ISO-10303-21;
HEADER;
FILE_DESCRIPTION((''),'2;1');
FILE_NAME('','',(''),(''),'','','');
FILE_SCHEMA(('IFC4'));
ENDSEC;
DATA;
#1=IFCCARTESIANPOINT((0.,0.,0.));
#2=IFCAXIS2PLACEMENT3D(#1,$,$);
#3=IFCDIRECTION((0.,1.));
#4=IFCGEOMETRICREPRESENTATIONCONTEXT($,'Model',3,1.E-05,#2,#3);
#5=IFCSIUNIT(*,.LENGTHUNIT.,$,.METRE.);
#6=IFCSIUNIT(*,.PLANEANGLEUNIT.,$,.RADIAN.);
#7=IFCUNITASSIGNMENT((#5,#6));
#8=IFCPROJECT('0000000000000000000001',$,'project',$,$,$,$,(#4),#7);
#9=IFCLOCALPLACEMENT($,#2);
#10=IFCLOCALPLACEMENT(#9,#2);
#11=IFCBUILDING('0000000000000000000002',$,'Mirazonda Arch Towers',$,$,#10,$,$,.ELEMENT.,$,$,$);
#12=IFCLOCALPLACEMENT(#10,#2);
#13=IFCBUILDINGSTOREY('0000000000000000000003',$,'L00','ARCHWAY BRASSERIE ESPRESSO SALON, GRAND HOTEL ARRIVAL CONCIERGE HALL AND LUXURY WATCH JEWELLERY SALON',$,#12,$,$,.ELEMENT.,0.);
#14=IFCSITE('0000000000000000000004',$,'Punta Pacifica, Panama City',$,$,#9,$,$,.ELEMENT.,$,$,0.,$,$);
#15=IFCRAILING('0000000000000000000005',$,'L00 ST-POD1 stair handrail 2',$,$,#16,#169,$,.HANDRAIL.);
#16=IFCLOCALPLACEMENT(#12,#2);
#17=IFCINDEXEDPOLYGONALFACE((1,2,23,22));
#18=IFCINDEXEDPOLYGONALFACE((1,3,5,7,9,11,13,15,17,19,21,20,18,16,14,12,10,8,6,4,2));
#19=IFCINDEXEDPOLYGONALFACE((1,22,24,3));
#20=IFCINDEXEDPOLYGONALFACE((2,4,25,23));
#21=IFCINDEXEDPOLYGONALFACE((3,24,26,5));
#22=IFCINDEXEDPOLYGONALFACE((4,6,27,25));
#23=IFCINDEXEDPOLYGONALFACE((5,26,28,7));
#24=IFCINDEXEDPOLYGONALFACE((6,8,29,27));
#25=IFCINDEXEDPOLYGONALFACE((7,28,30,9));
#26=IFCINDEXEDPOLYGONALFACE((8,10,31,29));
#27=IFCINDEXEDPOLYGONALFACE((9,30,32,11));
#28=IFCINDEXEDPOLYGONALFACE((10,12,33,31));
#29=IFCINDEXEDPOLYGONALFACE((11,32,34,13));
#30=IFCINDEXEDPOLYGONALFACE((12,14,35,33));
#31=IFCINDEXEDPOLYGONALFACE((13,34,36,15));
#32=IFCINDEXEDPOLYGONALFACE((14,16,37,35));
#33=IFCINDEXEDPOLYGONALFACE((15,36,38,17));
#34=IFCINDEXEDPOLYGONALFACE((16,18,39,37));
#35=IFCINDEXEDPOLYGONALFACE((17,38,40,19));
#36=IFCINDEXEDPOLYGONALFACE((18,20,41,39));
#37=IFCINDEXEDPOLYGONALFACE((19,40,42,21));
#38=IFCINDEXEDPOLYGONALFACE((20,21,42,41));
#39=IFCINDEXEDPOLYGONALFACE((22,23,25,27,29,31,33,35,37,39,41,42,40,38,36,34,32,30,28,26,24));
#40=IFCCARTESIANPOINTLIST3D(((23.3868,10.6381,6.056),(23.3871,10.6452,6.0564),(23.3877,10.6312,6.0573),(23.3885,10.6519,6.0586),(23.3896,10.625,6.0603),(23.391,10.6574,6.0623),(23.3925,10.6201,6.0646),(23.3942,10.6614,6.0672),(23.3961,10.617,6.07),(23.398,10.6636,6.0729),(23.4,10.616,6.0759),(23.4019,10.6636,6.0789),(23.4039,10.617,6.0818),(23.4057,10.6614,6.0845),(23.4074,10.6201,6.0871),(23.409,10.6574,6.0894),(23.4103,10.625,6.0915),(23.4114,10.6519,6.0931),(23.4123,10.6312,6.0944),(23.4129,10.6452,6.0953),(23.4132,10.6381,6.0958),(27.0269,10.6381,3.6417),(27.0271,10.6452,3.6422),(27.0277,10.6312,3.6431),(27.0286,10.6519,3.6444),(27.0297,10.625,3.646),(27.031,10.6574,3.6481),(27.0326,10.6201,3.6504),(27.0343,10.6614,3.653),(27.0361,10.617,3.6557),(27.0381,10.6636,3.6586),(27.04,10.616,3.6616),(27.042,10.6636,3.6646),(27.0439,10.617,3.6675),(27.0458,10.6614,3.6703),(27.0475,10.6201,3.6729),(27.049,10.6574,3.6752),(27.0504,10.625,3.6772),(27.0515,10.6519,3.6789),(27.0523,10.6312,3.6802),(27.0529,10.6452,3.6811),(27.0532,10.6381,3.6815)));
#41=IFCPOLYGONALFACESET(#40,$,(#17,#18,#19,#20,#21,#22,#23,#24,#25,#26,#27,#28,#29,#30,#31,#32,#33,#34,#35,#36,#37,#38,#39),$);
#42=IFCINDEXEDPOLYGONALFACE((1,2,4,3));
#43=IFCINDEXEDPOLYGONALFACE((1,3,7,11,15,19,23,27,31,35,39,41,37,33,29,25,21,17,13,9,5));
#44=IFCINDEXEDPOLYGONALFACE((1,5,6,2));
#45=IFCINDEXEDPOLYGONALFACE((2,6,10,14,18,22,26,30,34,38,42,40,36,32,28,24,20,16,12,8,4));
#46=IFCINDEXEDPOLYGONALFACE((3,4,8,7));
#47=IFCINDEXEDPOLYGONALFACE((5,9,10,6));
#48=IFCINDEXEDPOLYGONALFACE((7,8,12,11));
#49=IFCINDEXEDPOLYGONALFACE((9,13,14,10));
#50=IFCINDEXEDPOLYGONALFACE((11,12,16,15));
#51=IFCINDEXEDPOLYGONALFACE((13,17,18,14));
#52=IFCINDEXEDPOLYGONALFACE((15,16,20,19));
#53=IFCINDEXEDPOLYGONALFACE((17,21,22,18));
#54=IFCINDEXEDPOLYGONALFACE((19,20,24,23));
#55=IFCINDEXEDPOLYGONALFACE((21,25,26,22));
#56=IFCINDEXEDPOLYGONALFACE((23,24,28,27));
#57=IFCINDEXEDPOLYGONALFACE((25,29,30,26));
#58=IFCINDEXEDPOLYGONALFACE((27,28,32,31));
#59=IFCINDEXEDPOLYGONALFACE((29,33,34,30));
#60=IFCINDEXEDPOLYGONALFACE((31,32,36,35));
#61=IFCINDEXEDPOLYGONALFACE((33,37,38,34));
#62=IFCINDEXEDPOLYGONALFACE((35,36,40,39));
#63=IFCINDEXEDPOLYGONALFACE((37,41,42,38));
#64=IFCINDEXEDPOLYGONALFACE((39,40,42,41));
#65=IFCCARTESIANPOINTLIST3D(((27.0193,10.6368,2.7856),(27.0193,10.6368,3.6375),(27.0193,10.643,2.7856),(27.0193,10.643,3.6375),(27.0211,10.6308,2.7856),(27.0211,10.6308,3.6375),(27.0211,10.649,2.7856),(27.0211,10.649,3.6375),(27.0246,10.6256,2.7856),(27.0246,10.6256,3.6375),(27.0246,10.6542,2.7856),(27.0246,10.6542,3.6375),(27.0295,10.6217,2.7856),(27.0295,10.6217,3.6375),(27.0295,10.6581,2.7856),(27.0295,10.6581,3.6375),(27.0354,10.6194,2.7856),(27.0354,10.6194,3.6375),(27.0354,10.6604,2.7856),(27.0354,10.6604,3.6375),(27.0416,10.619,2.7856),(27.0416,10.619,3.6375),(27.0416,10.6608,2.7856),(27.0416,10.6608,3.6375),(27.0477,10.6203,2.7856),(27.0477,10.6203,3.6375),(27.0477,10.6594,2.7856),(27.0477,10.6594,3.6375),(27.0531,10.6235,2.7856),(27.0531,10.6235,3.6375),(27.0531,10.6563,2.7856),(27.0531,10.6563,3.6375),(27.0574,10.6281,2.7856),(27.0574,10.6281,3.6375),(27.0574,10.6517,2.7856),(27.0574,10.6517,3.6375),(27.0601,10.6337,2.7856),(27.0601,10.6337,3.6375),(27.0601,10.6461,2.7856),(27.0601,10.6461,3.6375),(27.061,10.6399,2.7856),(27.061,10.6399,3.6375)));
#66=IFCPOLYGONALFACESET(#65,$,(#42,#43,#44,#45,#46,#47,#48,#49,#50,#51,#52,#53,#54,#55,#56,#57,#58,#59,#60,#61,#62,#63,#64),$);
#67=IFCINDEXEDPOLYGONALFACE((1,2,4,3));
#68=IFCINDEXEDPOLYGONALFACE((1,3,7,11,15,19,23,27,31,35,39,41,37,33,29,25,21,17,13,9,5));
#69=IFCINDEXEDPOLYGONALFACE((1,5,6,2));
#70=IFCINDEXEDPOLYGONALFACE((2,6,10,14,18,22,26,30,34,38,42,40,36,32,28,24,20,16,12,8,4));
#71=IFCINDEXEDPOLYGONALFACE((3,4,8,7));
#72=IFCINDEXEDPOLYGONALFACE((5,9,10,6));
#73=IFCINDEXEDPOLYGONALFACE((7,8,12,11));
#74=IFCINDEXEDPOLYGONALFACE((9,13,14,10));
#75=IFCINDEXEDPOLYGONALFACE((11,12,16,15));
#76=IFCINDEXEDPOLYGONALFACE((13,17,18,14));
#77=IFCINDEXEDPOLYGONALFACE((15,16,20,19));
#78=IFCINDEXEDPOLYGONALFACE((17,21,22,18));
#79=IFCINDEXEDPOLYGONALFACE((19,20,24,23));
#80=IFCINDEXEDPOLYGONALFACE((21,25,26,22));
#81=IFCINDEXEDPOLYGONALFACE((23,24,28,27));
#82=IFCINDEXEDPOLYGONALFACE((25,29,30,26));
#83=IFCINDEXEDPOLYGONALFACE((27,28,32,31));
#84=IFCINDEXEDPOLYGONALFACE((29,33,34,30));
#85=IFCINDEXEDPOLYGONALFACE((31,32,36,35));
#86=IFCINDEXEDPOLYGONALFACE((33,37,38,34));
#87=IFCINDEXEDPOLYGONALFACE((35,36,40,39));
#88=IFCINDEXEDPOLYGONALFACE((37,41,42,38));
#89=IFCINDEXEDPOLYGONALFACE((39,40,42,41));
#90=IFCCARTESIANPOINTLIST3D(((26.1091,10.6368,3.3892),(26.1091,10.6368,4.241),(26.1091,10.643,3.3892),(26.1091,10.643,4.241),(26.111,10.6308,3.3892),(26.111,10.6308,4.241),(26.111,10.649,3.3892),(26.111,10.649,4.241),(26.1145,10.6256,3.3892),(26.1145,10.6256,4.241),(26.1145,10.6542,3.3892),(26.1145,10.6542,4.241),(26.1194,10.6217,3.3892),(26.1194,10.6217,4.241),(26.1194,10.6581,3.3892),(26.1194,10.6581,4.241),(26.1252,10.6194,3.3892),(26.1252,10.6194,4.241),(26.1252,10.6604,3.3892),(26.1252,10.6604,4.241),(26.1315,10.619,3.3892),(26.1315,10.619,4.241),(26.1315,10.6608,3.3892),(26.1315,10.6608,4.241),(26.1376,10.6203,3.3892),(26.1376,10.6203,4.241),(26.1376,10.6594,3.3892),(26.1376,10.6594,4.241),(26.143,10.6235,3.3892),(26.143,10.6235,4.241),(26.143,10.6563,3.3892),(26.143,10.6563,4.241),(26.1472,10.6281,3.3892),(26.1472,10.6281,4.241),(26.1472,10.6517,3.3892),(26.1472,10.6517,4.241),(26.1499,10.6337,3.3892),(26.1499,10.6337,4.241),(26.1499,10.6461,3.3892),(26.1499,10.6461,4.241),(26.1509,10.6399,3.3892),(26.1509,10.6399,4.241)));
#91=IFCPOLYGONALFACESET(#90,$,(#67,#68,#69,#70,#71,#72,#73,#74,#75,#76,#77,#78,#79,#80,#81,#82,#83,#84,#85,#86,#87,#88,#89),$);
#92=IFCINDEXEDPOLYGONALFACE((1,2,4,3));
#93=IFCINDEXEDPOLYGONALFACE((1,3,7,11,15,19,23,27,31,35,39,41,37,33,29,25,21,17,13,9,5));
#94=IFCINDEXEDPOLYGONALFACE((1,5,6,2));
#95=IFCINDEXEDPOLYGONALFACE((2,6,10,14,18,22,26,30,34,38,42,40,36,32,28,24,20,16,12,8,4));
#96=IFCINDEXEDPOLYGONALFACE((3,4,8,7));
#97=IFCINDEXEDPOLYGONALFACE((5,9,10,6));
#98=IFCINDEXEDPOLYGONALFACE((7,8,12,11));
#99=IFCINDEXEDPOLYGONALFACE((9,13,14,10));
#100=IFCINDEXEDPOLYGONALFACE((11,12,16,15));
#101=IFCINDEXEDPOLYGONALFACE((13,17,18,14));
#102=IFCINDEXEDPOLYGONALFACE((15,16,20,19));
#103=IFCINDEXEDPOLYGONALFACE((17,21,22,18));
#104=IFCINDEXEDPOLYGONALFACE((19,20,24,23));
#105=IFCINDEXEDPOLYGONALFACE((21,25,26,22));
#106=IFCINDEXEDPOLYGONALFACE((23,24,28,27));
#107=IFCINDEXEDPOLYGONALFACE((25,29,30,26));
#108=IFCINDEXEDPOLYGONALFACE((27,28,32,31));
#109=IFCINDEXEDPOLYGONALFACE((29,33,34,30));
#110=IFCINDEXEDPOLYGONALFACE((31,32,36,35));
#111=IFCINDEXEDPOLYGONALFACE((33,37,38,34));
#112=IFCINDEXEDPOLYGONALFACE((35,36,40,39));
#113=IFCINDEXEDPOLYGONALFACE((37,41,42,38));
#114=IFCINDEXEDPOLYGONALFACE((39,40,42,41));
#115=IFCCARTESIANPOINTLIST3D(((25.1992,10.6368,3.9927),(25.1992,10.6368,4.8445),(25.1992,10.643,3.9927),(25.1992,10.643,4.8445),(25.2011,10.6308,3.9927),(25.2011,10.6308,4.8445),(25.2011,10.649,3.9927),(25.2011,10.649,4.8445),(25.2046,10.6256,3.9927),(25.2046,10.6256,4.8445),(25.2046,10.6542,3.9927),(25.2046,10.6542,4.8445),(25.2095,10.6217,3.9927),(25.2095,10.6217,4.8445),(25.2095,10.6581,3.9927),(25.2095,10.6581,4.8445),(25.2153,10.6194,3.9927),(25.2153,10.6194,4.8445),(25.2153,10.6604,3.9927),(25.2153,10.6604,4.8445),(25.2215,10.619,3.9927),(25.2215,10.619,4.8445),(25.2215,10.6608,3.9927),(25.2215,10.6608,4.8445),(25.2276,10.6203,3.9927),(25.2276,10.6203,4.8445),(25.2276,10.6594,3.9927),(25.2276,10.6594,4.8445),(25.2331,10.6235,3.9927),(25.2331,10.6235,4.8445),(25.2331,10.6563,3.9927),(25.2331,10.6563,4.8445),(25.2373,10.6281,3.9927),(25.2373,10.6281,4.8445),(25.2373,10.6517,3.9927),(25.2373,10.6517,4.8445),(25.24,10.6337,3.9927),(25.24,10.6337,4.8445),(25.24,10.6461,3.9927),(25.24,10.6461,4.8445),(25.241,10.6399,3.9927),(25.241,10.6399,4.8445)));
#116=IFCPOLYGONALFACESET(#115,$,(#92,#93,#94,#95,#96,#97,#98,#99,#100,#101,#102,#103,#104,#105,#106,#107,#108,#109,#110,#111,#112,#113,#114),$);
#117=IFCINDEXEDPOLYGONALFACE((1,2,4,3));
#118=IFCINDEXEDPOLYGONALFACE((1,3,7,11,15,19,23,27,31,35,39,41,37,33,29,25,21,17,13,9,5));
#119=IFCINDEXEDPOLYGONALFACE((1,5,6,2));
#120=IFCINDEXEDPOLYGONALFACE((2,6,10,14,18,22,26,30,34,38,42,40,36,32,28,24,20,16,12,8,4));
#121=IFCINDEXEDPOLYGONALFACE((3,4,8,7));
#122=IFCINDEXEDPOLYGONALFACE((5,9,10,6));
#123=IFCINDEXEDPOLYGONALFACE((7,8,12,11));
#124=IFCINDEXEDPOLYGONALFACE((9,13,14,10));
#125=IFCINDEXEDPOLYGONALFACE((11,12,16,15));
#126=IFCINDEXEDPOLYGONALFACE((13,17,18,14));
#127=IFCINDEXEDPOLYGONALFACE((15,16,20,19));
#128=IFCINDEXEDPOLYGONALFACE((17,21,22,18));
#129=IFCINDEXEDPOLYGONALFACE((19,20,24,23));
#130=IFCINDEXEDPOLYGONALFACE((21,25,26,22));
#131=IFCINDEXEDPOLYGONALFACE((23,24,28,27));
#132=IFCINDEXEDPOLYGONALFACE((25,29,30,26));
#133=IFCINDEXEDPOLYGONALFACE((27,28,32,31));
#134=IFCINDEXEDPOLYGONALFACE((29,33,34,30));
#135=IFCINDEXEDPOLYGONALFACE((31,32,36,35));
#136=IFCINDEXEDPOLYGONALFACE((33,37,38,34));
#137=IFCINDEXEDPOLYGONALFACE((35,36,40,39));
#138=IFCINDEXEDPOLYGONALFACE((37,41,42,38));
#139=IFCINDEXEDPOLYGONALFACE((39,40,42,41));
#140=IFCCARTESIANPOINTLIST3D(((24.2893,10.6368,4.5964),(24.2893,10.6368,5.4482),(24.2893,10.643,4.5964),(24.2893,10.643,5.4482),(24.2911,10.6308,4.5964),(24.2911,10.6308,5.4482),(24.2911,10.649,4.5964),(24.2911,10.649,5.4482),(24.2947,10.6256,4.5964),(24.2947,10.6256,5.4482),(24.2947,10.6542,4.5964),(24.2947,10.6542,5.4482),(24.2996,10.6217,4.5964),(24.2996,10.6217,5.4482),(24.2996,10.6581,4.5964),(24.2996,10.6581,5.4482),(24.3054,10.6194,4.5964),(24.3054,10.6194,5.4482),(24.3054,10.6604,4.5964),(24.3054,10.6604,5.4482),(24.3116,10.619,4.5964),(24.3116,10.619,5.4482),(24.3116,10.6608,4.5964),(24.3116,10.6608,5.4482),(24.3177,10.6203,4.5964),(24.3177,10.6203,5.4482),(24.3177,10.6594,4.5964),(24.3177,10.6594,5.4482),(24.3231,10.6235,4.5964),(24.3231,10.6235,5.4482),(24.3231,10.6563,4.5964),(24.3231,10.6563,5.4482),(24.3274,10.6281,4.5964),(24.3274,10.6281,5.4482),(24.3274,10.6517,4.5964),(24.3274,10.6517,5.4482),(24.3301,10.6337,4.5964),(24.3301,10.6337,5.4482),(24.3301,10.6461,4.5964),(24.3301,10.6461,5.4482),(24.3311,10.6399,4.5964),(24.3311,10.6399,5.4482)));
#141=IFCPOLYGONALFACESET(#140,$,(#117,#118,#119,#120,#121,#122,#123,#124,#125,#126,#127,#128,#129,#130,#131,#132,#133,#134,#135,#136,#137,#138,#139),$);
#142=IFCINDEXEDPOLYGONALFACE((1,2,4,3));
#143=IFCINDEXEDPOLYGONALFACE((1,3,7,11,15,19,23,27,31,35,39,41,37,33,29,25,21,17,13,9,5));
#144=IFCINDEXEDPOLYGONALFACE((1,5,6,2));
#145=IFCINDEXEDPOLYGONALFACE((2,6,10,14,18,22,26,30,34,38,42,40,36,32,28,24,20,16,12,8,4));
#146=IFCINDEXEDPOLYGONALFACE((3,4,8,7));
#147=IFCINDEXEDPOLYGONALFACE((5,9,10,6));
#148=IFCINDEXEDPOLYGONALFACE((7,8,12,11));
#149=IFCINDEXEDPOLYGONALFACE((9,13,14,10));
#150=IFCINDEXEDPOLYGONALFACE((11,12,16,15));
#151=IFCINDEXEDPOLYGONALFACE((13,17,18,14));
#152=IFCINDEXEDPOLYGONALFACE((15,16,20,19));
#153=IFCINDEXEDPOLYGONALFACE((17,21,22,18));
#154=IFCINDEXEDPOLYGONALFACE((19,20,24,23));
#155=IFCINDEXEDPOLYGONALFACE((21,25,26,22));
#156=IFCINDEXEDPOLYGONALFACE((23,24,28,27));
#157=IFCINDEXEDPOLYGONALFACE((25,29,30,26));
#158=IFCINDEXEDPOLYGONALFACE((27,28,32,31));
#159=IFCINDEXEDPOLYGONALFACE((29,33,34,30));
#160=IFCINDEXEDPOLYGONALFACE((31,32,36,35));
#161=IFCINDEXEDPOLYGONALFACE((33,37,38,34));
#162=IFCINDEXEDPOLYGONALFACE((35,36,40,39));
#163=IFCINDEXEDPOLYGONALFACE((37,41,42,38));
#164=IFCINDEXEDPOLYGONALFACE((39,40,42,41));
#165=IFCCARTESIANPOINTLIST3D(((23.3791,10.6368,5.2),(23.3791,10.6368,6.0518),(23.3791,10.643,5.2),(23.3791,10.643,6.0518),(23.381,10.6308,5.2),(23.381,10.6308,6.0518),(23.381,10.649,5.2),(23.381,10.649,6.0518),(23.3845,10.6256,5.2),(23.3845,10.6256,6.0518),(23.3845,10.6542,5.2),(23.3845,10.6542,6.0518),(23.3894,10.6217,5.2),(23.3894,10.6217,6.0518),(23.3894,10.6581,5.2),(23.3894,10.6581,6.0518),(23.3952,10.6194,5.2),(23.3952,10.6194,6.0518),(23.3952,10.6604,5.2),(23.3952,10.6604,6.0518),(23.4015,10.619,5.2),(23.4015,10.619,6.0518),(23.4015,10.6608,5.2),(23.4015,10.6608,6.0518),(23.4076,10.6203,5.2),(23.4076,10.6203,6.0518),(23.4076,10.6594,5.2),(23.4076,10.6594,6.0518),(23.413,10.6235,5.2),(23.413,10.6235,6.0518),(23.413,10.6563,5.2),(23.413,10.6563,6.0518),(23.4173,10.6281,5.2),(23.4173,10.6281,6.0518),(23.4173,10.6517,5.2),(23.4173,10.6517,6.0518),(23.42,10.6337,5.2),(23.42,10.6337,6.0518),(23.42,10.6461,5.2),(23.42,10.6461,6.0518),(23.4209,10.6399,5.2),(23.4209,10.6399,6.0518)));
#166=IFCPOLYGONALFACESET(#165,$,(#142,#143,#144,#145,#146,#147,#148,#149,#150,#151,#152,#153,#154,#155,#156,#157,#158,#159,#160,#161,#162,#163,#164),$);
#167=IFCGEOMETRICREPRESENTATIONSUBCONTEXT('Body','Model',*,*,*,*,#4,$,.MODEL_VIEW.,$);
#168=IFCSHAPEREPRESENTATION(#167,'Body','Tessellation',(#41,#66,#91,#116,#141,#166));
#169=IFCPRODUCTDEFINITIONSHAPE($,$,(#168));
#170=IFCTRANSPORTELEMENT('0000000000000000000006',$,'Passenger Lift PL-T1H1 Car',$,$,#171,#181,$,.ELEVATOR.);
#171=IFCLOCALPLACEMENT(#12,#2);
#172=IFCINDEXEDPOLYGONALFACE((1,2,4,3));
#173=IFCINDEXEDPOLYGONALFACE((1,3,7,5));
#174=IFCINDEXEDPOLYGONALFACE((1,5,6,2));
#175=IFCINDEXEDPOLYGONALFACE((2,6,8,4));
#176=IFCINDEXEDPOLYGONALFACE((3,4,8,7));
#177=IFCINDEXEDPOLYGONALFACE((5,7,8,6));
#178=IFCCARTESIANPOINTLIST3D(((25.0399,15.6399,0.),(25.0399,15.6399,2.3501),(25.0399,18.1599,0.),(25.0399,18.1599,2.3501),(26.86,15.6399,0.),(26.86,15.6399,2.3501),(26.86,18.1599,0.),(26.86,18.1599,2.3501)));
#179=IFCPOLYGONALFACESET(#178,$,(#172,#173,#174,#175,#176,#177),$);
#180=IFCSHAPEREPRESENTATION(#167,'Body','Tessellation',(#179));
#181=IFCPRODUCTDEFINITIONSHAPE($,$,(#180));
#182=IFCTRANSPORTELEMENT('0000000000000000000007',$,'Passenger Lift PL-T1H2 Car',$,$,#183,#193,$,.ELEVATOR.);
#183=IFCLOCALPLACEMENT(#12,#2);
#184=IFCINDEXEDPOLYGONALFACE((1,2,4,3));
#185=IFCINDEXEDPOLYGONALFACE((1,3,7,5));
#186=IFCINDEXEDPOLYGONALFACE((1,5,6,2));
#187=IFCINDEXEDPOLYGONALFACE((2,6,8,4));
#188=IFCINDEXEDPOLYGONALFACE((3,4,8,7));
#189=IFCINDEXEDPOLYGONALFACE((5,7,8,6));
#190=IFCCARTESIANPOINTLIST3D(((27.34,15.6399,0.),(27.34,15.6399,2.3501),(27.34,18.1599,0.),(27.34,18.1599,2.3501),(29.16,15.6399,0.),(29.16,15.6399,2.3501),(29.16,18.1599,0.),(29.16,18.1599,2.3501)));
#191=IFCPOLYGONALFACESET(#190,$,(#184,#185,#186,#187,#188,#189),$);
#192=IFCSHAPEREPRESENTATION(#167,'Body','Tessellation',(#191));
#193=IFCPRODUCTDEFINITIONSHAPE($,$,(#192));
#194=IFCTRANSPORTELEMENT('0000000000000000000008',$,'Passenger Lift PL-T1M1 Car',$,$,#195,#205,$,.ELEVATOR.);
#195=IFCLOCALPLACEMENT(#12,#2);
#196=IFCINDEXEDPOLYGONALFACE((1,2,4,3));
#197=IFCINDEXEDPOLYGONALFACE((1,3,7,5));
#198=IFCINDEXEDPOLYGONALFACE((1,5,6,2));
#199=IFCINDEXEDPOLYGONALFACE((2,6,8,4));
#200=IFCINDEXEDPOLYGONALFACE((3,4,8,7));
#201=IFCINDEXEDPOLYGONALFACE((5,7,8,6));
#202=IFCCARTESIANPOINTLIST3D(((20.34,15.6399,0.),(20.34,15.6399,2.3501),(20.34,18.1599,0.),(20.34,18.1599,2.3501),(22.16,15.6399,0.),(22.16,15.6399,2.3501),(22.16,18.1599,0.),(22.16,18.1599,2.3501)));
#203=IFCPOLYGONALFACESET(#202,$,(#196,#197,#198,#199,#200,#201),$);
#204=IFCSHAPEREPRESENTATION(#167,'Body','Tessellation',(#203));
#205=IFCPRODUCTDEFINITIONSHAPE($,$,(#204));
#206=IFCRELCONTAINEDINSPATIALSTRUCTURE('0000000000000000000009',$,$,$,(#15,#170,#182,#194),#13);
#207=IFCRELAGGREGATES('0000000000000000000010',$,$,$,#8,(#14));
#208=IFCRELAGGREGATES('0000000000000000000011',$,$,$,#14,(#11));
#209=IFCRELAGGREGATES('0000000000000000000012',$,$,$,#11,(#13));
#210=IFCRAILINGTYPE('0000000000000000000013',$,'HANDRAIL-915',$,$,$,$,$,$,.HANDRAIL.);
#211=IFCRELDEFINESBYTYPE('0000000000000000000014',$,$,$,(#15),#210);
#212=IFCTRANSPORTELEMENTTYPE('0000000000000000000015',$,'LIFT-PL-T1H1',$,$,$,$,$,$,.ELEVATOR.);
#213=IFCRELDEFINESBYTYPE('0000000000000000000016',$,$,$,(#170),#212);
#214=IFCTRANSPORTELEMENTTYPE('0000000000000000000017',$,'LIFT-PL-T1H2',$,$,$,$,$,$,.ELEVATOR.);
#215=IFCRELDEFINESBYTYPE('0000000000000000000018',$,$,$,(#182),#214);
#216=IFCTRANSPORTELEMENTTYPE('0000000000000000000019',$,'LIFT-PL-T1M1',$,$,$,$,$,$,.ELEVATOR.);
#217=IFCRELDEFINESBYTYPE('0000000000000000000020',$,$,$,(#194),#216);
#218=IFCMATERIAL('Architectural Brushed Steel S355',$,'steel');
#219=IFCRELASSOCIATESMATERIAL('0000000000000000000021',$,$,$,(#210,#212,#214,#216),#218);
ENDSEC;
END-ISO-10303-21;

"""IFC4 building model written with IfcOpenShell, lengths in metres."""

from ifc_helpers import new_model, si_unit, direction, frame, origin, origin_2d, place, context, subcontext, project, spatial, rectangle, circle, extrude, material, type_object, element, save


model = new_model("IFC4")

# Units and contexts
model_context = context("Model", 3, precision=1e-05, world=origin(), true_north=direction((0.0, 1.0)))
body_context = subcontext(model_context, "Body", "Model", "MODEL_VIEW")
ifc_project = project(units=[si_unit("LENGTHUNIT", "METRE"), si_unit("PLANEANGLEUNIT", "RADIAN")], contexts=[model_context])

# Site, building, storey
site_placement = place(None, origin())
site = spatial("IfcSite", under=ifc_project, at=site_placement, Name="Punta Pacifica, Panama City", CompositionType="ELEMENT", RefElevation=0.0)
building_placement = place(site_placement, origin())
building = spatial("IfcBuilding", under=site, at=building_placement, Name="Mirazonda Arch Towers", CompositionType="ELEMENT")
storey_placement = place(building_placement, origin())
storey = spatial("IfcBuildingStorey", under=building, at=storey_placement, Name="L00", Description="ARCHWAY BRASSERIE ESPRESSO SALON, GRAND HOTEL ARRIVAL CONCIERGE HALL AND LUXURY WATCH JEWELLERY SALON", CompositionType="ELEMENT", Elevation=0.0)

# Railing
ifc_material_1 = material(Name="Architectural Brushed Steel S355", Category="steel")
railing_type_1 = type_object("IfcRailingType", Name="HANDRAIL-915", PredefinedType="HANDRAIL", material=ifc_material_1)
railing_1_placement = place(storey_placement, frame((27.04, 10.6399, 2.7856)))
element("IfcRailing", 1, at=railing_1_placement, inside=storey, type_object=railing_type_1, Name="L00 ST-POD1 stair handrail 2", PredefinedType="HANDRAIL", context=body_context, shape_type="SweptSolid", body=[
    extrude(circle(Radius=0.0239, at=origin_2d()), frame((0.0, 0.0, 0.876), z_axis=(-0.833364, 0.0, 0.552725), x_axis=(0.0, -1.0, 0.0)), (0.0, 0.0, 1.0), 4.3679),
    extrude(circle(Radius=0.021, at=origin_2d()), origin(), (0.0, 0.0, 1.0), 0.8518),
    extrude(circle(Radius=0.021, at=origin_2d()), frame((-0.9102, 0.0, 0.6035)), (0.0, 0.0, 1.0), 0.8518),
    extrude(circle(Radius=0.021, at=origin_2d()), frame((-1.8201, 0.0, 1.207)), (0.0, 0.0, 1.0), 0.8518),
    extrude(circle(Radius=0.021, at=origin_2d()), frame((-2.73, 0.0, 1.8108)), (0.0, 0.0, 1.0), 0.8518),
    extrude(circle(Radius=0.021, at=origin_2d()), frame((-3.6401, 0.0, 2.4143)), (0.0, 0.0, 1.0), 0.8518),
])

# Transport elements
transport_element_type_1 = type_object("IfcTransportElementType", Name="LIFT-PL-T1H1", PredefinedType="ELEVATOR", material=ifc_material_1)
transport_element_1_placement = place(storey_placement, frame((25.95, 16.8999, 0.0), z_axis=(0.0, 0.0, 1.0), x_axis=(1.0, 0.0, 0.0)))
element("IfcTransportElement", 2, at=transport_element_1_placement, inside=storey, type_object=transport_element_type_1, Name="Passenger Lift PL-T1H1 Car", PredefinedType="ELEVATOR", context=body_context, shape_type="SweptSolid", body=[
    extrude(rectangle(XDim=1.8201, YDim=2.52, at=origin_2d()), origin(), (0.0, 0.0, 1.0), 2.3501),
])
transport_element_type_2 = type_object("IfcTransportElementType", Name="LIFT-PL-T1H2", PredefinedType="ELEVATOR", material=ifc_material_1)
transport_element_2_placement = place(storey_placement, frame((28.25, 16.8999, 0.0), z_axis=(0.0, 0.0, 1.0), x_axis=(1.0, 0.0, 0.0)))
element("IfcTransportElement", 3, at=transport_element_2_placement, inside=storey, type_object=transport_element_type_2, Name="Passenger Lift PL-T1H2 Car", PredefinedType="ELEVATOR", context=body_context, shape_type="SweptSolid", body=[
    extrude(rectangle(XDim=1.8201, YDim=2.52, at=origin_2d()), origin(), (0.0, 0.0, 1.0), 2.3501),
])
transport_element_type_3 = type_object("IfcTransportElementType", Name="LIFT-PL-T1M1", PredefinedType="ELEVATOR", material=ifc_material_1)
transport_element_3_placement = place(storey_placement, frame((21.25, 16.8999, 0.0), z_axis=(0.0, 0.0, 1.0), x_axis=(1.0, 0.0, 0.0)))
element("IfcTransportElement", 4, at=transport_element_3_placement, inside=storey, type_object=transport_element_type_3, Name="Passenger Lift PL-T1M1 Car", PredefinedType="ELEVATOR", context=body_context, shape_type="SweptSolid", body=[
    extrude(rectangle(XDim=1.8201, YDim=2.52, at=origin_2d()), origin(), (0.0, 0.0, 1.0), 2.3501),
])

save(model, "model.ifc")
